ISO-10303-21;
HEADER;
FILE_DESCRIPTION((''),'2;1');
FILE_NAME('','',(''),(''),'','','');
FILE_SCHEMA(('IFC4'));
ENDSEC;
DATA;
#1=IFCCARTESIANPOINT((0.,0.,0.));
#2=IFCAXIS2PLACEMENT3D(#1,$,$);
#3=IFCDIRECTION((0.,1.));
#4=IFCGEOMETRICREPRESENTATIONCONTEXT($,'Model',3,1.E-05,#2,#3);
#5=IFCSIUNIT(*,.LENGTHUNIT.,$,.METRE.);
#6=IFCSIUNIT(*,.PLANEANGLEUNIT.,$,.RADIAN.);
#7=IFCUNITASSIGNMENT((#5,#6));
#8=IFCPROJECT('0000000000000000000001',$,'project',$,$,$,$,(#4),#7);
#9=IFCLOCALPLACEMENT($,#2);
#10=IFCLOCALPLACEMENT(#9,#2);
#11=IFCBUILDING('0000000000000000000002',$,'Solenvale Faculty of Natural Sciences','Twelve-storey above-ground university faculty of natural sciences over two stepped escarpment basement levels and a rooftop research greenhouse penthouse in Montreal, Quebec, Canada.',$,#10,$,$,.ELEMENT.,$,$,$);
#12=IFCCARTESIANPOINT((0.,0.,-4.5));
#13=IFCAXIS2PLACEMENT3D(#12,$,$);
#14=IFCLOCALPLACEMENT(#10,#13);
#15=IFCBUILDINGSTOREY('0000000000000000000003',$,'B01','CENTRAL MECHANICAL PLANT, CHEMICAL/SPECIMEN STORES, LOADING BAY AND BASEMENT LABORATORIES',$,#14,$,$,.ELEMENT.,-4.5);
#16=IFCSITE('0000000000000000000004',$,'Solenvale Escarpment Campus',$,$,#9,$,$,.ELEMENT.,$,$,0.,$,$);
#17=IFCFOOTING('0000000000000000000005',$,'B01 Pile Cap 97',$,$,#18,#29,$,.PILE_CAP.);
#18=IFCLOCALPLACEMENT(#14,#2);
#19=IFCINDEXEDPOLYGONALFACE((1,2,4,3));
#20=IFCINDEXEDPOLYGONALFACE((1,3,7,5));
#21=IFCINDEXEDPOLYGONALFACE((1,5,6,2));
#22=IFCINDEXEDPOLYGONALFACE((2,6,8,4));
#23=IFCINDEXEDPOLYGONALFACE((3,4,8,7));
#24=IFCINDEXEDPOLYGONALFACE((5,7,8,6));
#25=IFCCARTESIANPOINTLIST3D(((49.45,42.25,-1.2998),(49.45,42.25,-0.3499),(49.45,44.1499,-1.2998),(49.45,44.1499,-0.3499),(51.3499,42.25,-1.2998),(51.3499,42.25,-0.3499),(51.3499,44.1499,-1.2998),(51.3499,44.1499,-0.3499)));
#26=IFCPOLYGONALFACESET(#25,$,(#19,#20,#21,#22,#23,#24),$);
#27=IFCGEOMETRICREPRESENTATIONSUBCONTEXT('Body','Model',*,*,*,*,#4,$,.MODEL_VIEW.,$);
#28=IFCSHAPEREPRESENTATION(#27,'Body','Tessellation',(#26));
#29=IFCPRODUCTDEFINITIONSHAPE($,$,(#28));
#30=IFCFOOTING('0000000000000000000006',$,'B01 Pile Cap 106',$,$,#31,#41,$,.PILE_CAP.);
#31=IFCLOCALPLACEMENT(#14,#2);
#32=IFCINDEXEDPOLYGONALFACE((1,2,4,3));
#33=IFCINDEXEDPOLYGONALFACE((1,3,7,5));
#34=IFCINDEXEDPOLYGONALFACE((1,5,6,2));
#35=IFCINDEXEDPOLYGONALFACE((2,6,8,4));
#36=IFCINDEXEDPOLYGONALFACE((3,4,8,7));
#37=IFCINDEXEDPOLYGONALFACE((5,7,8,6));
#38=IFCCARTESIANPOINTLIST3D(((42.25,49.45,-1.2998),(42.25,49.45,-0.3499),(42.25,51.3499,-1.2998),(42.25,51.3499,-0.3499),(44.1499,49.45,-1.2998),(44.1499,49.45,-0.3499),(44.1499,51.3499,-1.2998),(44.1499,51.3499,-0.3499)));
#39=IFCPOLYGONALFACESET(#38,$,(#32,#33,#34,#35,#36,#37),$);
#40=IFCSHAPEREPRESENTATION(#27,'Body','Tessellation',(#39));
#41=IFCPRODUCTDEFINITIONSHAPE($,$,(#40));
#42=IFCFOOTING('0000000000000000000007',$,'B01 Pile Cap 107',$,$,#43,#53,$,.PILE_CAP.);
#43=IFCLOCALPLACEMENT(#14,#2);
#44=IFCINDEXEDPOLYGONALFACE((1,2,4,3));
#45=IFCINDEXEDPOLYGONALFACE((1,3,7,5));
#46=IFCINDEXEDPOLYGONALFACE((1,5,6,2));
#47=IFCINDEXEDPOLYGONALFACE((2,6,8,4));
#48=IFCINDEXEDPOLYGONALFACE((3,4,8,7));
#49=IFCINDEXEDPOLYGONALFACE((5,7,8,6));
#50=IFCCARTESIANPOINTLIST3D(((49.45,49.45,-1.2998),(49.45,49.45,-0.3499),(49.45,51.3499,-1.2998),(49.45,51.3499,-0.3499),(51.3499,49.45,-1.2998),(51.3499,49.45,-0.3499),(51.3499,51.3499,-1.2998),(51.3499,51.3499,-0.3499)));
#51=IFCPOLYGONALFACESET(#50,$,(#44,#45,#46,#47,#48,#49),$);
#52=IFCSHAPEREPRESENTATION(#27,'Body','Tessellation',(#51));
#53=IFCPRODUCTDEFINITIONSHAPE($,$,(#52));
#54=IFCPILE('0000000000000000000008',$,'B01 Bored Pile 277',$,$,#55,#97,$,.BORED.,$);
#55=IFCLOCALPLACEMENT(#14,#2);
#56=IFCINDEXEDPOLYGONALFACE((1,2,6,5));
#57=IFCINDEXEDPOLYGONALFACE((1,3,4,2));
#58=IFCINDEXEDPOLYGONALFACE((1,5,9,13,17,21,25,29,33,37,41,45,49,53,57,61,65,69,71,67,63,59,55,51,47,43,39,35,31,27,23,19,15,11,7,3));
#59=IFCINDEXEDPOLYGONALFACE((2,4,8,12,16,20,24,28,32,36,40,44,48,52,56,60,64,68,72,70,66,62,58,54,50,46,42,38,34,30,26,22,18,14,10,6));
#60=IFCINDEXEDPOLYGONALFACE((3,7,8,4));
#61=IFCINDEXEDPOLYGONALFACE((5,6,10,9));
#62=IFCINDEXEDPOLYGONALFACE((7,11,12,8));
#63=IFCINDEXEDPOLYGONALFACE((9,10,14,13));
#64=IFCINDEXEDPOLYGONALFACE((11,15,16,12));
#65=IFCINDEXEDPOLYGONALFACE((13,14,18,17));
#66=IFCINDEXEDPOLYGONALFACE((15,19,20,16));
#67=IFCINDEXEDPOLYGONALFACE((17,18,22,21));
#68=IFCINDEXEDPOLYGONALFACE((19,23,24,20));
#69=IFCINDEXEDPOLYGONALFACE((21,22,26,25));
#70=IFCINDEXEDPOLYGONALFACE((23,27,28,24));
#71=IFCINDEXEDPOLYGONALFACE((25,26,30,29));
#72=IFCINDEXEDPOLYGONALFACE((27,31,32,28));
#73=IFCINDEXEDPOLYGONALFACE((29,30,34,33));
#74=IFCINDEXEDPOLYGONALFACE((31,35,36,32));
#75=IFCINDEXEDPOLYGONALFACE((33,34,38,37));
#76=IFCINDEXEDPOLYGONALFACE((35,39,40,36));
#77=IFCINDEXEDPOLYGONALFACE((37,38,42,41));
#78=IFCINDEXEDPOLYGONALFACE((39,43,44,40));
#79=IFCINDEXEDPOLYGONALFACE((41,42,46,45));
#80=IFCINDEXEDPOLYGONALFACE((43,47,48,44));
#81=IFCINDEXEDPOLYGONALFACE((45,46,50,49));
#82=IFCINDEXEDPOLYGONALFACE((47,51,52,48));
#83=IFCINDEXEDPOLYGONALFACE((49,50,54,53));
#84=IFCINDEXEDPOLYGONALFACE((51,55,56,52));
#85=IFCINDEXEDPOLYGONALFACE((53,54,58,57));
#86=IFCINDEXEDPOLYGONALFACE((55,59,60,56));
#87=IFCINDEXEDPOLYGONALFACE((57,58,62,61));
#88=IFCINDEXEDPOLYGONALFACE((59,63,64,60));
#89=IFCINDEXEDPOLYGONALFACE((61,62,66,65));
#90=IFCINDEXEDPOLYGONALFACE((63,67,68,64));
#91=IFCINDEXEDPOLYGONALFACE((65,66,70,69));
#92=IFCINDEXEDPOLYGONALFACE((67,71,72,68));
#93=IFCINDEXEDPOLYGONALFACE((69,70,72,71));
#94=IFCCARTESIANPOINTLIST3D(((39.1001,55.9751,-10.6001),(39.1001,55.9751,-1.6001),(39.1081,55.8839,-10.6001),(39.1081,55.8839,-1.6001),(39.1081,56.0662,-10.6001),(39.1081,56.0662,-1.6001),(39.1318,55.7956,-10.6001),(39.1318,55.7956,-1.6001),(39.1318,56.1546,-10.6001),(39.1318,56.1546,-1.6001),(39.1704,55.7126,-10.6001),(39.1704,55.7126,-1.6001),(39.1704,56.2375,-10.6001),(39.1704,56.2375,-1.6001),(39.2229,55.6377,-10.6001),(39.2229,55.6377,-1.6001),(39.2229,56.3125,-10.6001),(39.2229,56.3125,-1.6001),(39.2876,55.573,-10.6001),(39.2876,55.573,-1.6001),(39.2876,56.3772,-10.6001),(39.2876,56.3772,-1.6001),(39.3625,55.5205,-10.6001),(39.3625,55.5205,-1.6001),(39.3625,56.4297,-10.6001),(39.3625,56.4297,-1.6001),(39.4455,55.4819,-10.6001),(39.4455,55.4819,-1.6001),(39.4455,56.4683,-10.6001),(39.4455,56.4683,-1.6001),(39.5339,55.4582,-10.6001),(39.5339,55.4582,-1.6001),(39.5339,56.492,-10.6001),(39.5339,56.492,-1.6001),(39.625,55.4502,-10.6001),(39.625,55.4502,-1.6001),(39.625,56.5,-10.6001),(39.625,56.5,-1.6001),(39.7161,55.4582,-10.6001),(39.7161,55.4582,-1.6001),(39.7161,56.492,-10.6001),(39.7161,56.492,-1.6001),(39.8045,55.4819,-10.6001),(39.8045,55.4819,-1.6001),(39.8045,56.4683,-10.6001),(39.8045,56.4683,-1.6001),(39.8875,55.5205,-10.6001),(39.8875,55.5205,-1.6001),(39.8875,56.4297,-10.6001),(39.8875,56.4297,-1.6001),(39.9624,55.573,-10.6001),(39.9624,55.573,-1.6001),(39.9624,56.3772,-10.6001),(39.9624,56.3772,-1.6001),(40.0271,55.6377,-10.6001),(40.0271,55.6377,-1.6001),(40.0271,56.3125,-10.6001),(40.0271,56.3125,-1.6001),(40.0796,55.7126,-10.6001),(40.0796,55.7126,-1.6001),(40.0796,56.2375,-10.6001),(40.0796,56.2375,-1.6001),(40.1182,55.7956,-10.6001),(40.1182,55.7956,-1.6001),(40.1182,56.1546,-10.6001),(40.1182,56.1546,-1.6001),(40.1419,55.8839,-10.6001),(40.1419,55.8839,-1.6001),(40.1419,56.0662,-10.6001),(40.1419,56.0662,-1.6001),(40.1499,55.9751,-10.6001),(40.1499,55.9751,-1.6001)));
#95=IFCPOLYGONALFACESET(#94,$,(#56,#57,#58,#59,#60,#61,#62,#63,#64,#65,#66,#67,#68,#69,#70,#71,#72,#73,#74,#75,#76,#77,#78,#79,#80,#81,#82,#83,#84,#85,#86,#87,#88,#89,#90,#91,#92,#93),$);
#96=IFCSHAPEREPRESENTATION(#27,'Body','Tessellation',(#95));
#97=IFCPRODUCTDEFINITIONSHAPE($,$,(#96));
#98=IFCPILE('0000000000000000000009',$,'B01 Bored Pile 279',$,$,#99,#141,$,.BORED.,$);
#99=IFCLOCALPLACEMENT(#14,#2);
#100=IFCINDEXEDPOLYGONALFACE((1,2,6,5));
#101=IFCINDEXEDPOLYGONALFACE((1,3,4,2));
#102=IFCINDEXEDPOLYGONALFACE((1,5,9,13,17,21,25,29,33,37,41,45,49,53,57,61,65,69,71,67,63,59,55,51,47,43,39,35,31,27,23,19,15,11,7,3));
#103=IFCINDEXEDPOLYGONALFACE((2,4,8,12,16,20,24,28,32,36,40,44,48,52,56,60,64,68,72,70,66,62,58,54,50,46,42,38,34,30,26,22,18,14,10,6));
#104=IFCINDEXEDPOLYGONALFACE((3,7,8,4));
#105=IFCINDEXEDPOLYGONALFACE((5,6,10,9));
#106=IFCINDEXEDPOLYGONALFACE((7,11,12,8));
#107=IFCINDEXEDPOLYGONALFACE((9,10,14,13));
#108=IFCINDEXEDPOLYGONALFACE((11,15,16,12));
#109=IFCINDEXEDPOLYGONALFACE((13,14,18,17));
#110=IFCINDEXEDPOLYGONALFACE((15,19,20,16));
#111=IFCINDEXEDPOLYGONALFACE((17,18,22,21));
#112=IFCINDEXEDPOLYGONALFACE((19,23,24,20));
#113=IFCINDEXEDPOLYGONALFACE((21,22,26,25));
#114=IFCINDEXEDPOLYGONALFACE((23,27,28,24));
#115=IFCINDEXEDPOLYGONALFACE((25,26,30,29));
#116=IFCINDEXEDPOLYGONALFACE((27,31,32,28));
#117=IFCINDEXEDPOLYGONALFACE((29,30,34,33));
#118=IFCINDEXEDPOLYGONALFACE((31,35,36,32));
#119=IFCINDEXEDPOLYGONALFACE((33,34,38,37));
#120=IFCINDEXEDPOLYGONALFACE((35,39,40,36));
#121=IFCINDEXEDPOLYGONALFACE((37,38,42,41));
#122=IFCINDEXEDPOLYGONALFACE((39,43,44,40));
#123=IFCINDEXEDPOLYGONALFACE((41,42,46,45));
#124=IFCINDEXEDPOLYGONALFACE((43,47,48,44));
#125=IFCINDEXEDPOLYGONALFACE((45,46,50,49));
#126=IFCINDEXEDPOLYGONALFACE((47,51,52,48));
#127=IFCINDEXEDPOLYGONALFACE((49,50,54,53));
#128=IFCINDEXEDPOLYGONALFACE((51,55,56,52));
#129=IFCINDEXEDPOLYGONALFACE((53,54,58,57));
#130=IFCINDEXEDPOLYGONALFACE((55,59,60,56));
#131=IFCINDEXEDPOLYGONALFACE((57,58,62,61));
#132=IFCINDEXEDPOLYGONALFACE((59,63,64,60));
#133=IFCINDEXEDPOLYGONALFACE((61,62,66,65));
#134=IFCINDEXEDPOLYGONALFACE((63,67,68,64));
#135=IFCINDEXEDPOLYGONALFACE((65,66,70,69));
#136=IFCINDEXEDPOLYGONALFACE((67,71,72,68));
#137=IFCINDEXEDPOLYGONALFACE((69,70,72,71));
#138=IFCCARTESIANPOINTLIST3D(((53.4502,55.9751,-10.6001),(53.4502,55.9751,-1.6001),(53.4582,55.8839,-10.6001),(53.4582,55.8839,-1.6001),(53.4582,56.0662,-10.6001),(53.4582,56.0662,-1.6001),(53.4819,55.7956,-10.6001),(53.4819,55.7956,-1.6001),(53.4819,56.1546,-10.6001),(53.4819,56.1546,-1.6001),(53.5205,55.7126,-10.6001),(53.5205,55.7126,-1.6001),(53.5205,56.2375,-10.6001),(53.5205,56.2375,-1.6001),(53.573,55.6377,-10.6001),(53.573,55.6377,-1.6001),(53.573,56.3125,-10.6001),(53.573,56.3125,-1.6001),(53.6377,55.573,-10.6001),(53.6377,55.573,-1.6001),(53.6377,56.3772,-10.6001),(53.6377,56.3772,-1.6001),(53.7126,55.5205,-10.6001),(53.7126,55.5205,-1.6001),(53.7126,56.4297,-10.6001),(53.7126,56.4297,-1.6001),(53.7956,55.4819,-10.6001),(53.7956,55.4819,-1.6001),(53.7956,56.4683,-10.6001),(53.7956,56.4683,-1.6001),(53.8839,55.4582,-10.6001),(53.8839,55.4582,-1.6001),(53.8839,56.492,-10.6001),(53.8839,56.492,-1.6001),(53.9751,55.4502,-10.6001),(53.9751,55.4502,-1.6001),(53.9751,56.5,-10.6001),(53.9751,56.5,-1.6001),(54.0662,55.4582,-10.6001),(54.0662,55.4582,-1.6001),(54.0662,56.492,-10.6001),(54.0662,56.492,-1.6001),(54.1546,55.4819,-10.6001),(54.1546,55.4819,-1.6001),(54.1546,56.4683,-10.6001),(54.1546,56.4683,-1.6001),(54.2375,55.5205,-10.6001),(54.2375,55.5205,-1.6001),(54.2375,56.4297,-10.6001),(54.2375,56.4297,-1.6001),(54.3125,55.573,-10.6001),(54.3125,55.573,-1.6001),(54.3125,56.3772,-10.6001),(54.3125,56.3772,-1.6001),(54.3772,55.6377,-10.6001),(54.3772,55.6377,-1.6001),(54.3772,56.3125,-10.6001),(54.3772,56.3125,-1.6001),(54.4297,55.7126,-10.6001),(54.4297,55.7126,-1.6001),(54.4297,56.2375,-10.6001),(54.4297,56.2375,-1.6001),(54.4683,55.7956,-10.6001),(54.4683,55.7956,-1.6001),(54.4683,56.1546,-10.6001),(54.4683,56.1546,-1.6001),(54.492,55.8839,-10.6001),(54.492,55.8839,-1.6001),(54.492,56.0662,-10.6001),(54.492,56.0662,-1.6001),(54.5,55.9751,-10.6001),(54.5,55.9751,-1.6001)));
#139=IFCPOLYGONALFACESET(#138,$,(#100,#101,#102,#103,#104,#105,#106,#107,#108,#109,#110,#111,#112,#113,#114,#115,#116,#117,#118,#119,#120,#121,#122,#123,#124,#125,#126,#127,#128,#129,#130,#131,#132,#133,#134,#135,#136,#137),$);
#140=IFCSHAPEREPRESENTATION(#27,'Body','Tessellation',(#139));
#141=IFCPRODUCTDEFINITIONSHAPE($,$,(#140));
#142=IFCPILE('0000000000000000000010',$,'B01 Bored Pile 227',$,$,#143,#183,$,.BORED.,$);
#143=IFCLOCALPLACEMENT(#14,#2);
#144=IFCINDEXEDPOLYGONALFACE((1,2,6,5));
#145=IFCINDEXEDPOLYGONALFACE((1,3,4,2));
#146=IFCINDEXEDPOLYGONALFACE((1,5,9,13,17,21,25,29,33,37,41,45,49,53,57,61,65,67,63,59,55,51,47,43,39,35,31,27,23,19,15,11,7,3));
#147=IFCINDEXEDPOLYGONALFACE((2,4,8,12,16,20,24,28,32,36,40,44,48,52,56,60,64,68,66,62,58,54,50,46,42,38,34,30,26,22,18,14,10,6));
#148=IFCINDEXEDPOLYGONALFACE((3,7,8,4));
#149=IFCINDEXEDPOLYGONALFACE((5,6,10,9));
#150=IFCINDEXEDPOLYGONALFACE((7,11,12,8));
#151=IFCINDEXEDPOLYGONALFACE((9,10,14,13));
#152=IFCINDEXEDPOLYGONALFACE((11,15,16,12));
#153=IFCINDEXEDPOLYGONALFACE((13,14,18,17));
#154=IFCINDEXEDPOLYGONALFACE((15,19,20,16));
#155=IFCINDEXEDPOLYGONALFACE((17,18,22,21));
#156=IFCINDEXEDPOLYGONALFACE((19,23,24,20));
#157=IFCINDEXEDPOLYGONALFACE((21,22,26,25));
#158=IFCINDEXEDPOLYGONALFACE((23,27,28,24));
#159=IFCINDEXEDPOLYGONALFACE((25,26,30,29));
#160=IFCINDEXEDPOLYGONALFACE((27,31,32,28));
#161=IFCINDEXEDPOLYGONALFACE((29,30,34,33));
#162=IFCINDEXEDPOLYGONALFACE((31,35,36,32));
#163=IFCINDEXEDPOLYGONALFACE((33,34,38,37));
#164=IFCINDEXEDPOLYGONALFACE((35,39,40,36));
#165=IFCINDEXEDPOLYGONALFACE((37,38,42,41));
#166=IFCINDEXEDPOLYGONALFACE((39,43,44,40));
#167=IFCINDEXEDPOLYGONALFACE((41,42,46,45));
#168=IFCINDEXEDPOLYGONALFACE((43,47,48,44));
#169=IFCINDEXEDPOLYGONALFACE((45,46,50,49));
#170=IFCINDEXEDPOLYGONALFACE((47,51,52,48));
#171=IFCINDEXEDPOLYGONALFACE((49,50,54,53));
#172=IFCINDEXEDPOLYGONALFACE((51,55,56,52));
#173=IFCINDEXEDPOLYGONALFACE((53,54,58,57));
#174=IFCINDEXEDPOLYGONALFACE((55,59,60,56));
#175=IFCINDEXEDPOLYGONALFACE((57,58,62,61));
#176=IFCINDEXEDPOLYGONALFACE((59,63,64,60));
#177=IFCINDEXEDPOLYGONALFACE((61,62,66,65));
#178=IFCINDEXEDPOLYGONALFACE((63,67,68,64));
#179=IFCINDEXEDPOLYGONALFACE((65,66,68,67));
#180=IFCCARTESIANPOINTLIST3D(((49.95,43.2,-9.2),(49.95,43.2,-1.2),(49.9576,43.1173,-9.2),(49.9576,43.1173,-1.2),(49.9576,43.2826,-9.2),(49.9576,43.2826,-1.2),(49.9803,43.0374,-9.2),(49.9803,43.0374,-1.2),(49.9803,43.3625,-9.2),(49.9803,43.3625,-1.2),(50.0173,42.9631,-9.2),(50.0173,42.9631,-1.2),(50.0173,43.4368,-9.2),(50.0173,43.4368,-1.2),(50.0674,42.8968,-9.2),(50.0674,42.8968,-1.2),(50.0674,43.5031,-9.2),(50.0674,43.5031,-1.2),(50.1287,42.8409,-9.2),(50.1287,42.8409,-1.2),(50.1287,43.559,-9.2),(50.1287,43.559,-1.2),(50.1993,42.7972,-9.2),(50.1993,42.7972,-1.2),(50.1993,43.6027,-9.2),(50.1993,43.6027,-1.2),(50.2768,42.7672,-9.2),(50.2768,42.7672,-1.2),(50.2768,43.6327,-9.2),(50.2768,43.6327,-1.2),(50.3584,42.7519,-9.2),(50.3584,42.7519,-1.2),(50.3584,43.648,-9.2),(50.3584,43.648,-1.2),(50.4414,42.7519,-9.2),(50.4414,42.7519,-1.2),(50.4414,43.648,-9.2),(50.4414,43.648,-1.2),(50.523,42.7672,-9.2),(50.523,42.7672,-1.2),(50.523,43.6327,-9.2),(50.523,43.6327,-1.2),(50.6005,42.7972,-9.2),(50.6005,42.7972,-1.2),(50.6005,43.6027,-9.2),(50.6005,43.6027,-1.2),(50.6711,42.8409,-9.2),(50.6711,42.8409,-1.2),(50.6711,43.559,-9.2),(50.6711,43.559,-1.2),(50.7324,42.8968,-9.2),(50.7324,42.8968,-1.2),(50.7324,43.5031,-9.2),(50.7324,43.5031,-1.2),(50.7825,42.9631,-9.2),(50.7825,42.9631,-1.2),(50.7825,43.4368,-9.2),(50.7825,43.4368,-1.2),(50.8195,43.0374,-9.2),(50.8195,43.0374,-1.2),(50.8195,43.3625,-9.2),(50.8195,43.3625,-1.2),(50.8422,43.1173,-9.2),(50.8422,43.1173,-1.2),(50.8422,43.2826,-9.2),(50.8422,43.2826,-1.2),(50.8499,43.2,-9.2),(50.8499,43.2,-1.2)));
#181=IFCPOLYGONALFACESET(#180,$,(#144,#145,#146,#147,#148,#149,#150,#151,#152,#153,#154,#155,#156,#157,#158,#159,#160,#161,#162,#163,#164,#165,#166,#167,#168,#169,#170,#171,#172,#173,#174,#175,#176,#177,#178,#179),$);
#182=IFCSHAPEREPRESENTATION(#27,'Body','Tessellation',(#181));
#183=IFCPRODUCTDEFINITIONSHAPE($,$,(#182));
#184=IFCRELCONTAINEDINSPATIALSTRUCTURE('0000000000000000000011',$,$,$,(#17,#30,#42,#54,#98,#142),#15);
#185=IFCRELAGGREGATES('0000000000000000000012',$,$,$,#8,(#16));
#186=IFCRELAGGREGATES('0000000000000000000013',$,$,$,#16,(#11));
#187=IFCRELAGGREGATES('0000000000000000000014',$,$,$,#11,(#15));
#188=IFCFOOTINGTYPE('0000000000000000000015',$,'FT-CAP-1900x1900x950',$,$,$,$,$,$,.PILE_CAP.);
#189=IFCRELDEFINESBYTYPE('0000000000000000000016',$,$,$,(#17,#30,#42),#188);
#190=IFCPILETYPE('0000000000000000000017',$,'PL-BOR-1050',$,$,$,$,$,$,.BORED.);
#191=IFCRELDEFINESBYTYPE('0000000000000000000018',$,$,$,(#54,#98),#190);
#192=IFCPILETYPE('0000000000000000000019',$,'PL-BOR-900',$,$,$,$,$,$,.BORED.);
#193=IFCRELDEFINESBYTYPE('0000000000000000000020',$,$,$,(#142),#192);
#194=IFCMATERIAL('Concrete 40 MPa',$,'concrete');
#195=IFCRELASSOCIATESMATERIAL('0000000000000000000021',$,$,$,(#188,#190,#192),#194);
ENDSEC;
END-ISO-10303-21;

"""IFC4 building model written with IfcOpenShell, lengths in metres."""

from ifc_helpers import new_model, si_unit, direction, frame, origin, origin_2d, place, context, subcontext, project, spatial, rectangle, circle, extrude, material, material_profile, profile_set, type_object, element, save


model = new_model("IFC4")

# Units and contexts
model_context = context("Model", 3, precision=1e-05, world=origin(), true_north=direction((0.0, 1.0)))
body_context = subcontext(model_context, "Body", "Model", "MODEL_VIEW")
ifc_project = project(units=[si_unit("LENGTHUNIT", "METRE"), si_unit("PLANEANGLEUNIT", "RADIAN")], contexts=[model_context])

# Site, building, storey
site_placement = place(None, origin())
site = spatial("IfcSite", under=ifc_project, at=site_placement, Name="Solenvale Escarpment Campus", CompositionType="ELEMENT", RefElevation=0.0)
building_placement = place(site_placement, origin())
building = spatial("IfcBuilding", under=site, at=building_placement, Name="Solenvale Faculty of Natural Sciences", Description="Twelve-storey above-ground university faculty of natural sciences over two stepped escarpment basement levels and a rooftop research greenhouse penthouse in Montreal, Quebec, Canada.", CompositionType="ELEMENT")
storey_placement = place(building_placement, frame((0.0, 0.0, -4.5)))
storey = spatial("IfcBuildingStorey", under=building, at=storey_placement, Name="B01", Description="CENTRAL MECHANICAL PLANT, CHEMICAL/SPECIMEN STORES, LOADING BAY AND BASEMENT LABORATORIES", CompositionType="ELEMENT", Elevation=-4.5)

# Footings
ifc_material_1 = material(Name="Concrete 40 MPa", Category="concrete")
footing_type = type_object("IfcFootingType", Name="FT-CAP-1900x1900x950", PredefinedType="PILE_CAP", material=ifc_material_1)
for number, where, z_axis, x_axis, name in (
    (1, (50.3999, 43.2, -1.2998), (0.0, 0.0, 1.0), (1.0, 0.0, 0.0), "B01 Pile Cap 97"),
    (2, (43.2, 50.3999, -1.2998), (0.0, 0.0, 1.0), (1.0, 0.0, 0.0), "B01 Pile Cap 106"),
    (3, (50.3999, 50.3999, -1.2998), (0.0, 0.0, 1.0), (1.0, 0.0, 0.0), "B01 Pile Cap 107"),
):
    element("IfcFooting", number, at=place(storey_placement, frame(where, z_axis=z_axis, x_axis=x_axis)), inside=storey, type_object=footing_type, Name=name, PredefinedType="PILE_CAP", context=body_context, shape_type="SweptSolid", body=[
        extrude(rectangle(XDim=1.8999, YDim=1.8999, at=origin_2d()), origin(), (0.0, 0.0, 1.0), 0.95),
    ])

# Piles
ifc_material_profile_1 = material_profile(ifc_material_1, circle(Radius=0.5249, at=origin_2d()), Name="PILE-D1050")
ifc_profile_set_1 = profile_set([ifc_material_profile_1], Name="Concrete 40 MPa")
pile_type_1 = type_object("IfcPileType", Name="PL-BOR-1050", PredefinedType="BORED", material=ifc_profile_set_1)
for number, where, z_axis, x_axis, name in (
    (4, (39.625, 55.9751, -1.6001), (0.0, 0.0, -1.0), (1.0, 0.0, 0.0), "B01 Bored Pile 277"),
    (5, (53.9751, 55.9751, -1.6001), (0.0, 0.0, -1.0), (1.0, 0.0, 0.0), "B01 Bored Pile 279"),
):
    element("IfcPile", number, at=place(storey_placement, frame(where, z_axis=z_axis, x_axis=x_axis)), inside=storey, type_object=pile_type_1, Name=name, PredefinedType="BORED", context=body_context, shape_type="SweptSolid", body=[
        extrude(circle(Radius=0.5249, at=origin_2d()), origin(), (0.0, 0.0, 1.0), 9.0),
    ])
ifc_material_profile_2 = material_profile(ifc_material_1, circle(Radius=0.45, at=origin_2d()), Name="PILE-D900")
ifc_profile_set_2 = profile_set([ifc_material_profile_2], Name="Concrete 40 MPa")
pile_type_2 = type_object("IfcPileType", Name="PL-BOR-900", PredefinedType="BORED", material=ifc_profile_set_2)
for number, where, z_axis, x_axis, name in (
    (6, (50.3999, 43.2, -1.2), (0.0, 0.0, -1.0), (1.0, 0.0, 0.0), "B01 Bored Pile 227"),
):
    element("IfcPile", number, at=place(storey_placement, frame(where, z_axis=z_axis, x_axis=x_axis)), inside=storey, type_object=pile_type_2, Name=name, PredefinedType="BORED", context=body_context, shape_type="SweptSolid", body=[
        extrude(circle(Radius=0.45, at=origin_2d()), origin(), (0.0, 0.0, 1.0), 8.0),
    ])

save(model, "model.ifc")
